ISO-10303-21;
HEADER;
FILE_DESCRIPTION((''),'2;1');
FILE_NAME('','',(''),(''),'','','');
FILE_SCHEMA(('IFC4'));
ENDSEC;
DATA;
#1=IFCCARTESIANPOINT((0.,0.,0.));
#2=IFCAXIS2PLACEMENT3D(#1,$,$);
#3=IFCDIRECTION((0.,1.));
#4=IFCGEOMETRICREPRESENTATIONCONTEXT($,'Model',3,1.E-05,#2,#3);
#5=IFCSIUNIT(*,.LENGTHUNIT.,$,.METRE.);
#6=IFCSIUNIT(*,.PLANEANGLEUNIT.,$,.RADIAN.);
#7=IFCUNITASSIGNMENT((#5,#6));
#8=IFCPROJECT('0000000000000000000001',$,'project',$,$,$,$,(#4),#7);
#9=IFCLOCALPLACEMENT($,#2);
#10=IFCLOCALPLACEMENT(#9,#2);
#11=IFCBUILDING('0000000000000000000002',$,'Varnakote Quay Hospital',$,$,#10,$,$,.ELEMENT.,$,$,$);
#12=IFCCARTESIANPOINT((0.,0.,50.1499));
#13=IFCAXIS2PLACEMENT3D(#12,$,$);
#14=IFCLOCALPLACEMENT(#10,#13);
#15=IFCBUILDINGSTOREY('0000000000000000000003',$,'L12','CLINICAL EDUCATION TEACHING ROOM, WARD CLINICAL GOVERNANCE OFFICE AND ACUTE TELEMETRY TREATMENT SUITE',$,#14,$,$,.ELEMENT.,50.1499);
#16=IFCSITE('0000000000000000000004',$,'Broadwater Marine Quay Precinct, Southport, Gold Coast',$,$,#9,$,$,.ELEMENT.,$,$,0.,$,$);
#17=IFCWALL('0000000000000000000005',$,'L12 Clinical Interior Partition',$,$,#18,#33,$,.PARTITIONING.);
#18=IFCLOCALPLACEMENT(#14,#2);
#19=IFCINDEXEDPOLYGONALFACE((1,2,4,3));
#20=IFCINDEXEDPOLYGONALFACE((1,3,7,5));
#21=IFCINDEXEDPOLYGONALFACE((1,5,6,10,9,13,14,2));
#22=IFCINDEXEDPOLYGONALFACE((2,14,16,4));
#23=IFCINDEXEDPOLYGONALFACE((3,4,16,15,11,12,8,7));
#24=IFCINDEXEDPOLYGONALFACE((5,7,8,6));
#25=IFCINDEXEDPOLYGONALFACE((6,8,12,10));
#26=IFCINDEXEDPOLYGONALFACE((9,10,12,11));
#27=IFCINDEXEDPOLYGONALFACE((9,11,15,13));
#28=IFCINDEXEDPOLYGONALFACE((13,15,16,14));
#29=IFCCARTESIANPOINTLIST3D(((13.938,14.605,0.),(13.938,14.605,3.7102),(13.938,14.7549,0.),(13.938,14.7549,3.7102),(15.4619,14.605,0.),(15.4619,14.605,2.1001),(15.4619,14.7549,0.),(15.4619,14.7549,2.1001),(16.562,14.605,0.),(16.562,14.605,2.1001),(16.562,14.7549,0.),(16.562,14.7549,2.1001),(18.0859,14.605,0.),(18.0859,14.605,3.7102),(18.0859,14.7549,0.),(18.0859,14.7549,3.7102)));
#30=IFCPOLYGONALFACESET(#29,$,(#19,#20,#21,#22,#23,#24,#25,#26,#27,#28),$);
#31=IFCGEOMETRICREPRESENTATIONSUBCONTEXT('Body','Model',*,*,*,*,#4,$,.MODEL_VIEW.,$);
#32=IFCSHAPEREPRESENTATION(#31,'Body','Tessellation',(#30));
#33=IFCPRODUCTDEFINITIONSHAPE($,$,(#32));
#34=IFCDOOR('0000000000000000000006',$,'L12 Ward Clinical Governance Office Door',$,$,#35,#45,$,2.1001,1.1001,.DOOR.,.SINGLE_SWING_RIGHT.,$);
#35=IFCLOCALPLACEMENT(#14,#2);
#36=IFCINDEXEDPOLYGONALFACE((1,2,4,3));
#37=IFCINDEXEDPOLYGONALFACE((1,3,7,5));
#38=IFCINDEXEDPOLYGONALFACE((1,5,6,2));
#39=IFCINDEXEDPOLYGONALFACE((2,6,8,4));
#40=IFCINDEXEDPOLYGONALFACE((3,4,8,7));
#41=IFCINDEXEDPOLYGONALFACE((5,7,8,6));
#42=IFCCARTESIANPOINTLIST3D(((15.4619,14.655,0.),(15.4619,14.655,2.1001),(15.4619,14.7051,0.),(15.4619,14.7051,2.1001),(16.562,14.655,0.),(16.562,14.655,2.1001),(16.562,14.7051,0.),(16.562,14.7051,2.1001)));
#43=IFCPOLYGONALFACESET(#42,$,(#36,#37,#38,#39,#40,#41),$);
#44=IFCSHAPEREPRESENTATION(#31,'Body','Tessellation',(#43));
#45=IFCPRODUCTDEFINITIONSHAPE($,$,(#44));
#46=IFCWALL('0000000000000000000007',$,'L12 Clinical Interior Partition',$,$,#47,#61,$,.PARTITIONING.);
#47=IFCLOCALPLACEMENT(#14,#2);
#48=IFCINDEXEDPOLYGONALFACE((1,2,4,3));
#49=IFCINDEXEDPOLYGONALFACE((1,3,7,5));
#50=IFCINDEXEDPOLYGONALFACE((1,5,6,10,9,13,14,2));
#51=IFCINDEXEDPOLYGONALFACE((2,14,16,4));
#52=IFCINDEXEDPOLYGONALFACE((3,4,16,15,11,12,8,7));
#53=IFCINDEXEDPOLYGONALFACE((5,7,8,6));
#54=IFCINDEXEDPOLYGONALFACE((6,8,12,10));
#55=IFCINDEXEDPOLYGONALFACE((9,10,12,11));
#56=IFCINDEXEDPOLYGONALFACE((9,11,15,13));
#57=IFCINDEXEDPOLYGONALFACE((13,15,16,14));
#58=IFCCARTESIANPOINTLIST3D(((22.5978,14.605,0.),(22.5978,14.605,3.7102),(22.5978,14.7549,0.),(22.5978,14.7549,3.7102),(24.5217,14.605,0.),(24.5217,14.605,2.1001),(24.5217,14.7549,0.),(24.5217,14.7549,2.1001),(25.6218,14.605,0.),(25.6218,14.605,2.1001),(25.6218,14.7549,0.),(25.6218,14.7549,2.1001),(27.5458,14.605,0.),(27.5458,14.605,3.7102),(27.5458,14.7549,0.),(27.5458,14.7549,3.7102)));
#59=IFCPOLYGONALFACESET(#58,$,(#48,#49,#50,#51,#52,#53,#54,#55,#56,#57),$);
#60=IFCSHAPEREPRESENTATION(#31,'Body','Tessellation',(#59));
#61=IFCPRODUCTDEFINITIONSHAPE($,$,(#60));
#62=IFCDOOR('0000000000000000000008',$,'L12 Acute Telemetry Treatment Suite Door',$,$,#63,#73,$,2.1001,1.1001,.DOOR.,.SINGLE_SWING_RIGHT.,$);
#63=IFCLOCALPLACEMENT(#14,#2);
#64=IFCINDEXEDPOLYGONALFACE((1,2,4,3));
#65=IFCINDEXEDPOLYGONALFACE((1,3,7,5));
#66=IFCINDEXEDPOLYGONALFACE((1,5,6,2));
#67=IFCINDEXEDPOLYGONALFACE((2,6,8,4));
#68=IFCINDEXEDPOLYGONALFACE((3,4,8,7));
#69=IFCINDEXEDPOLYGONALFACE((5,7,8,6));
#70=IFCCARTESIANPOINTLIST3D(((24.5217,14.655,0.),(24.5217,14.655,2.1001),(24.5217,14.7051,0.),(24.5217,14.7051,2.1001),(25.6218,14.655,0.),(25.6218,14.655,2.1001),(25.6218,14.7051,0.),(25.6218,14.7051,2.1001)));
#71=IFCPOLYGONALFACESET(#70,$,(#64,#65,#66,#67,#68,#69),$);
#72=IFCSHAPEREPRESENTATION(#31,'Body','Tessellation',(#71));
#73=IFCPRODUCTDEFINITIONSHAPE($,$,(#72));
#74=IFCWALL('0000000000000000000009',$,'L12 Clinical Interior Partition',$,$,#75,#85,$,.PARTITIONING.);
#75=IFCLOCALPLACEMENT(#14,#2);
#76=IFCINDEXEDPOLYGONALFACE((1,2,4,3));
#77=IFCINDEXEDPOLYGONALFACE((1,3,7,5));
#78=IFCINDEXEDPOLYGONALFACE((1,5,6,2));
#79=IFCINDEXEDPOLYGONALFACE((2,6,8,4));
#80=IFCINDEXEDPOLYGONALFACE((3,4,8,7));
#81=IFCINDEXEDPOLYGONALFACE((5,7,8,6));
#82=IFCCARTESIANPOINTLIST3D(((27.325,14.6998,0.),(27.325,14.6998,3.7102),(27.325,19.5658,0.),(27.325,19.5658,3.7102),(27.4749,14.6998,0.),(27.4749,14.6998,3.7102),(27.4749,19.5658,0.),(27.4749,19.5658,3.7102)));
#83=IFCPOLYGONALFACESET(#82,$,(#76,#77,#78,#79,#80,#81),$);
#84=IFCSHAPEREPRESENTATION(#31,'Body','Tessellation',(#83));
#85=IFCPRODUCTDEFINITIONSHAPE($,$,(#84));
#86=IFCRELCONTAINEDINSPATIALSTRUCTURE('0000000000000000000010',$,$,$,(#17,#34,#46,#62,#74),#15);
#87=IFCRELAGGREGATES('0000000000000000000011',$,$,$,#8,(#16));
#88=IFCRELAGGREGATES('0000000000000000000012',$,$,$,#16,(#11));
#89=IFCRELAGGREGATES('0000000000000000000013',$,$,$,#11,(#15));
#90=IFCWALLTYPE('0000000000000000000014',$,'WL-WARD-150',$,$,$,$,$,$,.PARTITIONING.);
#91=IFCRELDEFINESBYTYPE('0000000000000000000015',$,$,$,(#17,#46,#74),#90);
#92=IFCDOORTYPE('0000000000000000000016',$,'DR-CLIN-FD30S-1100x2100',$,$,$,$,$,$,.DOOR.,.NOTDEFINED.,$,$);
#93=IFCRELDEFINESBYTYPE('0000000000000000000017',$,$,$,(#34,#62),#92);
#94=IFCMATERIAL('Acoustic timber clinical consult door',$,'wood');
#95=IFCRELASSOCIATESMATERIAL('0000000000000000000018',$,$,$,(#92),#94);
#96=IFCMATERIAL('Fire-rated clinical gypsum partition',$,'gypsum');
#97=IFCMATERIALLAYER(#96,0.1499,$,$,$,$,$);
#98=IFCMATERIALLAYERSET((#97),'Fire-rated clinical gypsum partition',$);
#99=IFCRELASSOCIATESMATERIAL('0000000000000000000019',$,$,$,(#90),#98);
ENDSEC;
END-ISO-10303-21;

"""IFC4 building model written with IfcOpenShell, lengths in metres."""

from ifc_helpers import new_model, si_unit, direction, frame, frame_2d, origin, place, context, subcontext, project, spatial, rectangle, extrude, material, layer, layer_set, type_object, element, fill, save


model = new_model("IFC4")

# Units and contexts
model_context = context("Model", 3, precision=1e-05, world=origin(), true_north=direction((0.0, 1.0)))
body_context = subcontext(model_context, "Body", "Model", "MODEL_VIEW")
ifc_project = project(units=[si_unit("LENGTHUNIT", "METRE"), si_unit("PLANEANGLEUNIT", "RADIAN")], contexts=[model_context])

# Site, building, storey
site_placement = place(None, origin())
site = spatial("IfcSite", under=ifc_project, at=site_placement, Name="Broadwater Marine Quay Precinct, Southport, Gold Coast", CompositionType="ELEMENT", RefElevation=0.0)
building_placement = place(site_placement, origin())
building = spatial("IfcBuilding", under=site, at=building_placement, Name="Varnakote Quay Hospital", CompositionType="ELEMENT")
storey_placement = place(building_placement, frame((0.0, 0.0, 50.1499)))
storey = spatial("IfcBuildingStorey", under=building, at=storey_placement, Name="L12", Description="CLINICAL EDUCATION TEACHING ROOM, WARD CLINICAL GOVERNANCE OFFICE AND ACUTE TELEMETRY TREATMENT SUITE", CompositionType="ELEMENT", Elevation=50.1499)

# Shared definitions
ifc_material_1 = material(Name="Acoustic timber clinical consult door", Category="wood")
door_type_1 = type_object("IfcDoorType", Name="DR-CLIN-FD30S-1100x2100", OperationType="NOTDEFINED", PredefinedType="DOOR", material=ifc_material_1)

# Walls, openings, doors
ifc_material_2 = material(Name="Fire-rated clinical gypsum partition", Category="gypsum")
ifc_layer_1 = layer(ifc_material_2, 0.1499)
ifc_layer_set_1 = layer_set([ifc_layer_1], Name="Fire-rated clinical gypsum partition")
wall_type_1 = type_object("IfcWallType", Name="WL-WARD-150", PredefinedType="PARTITIONING", material=ifc_layer_set_1)
wall_1_placement = place(storey_placement, frame((18.0859, 14.6799, 0.0), z_axis=(0.0, 0.0, 1.0), x_axis=(-1.0, 0.0, 0.0)))
wall_1 = element("IfcWall", 1, at=wall_1_placement, inside=storey, type_object=wall_type_1, Name="L12 Clinical Interior Partition", PredefinedType="PARTITIONING", context=body_context, shape_type="SweptSolid", body=[
    extrude(rectangle(XDim=4.1479, YDim=0.1499, at=frame_2d((2.074, 0.0))), origin(), (0.0, 0.0, 1.0), 3.7102),
])
opening_1_placement = place(wall_1_placement, frame((1.5239, 0.0, 0.0)))
opening_1 = element("IfcOpeningElement", 2, at=opening_1_placement, cuts=wall_1, PredefinedType="OPENING", context=body_context, shape_type="SweptSolid", body=[
    extrude(rectangle(XDim=1.1001, YDim=2.1001, at=frame_2d((0.55, 1.05))), frame((0.0, 0.085, 0.0), z_axis=(0.0, -1.0, 0.0), x_axis=(1.0, 0.0, 0.0)), (0.0, 0.0, 1.0), 0.1699),
])
door_1_placement = place(opening_1_placement, origin())
door_1 = element("IfcDoor", 3, at=door_1_placement, inside=storey, type_object=door_type_1, Name="L12 Ward Clinical Governance Office Door", OperationType="SINGLE_SWING_RIGHT", OverallHeight=2.1001, OverallWidth=1.1001, PredefinedType="DOOR", context=body_context, shape_type="SweptSolid", body=[
    extrude(rectangle(XDim=1.1001, YDim=2.1001, at=frame_2d((0.55, 1.05))), frame((0.0, 0.0249, 0.0), z_axis=(0.0, -1.0, 0.0), x_axis=(1.0, 0.0, 0.0)), (0.0, 0.0, 1.0), 0.05),
])
fill(opening_1, door_1)
wall_2_placement = place(storey_placement, frame((27.5459, 14.6799, 0.0), z_axis=(0.0, 0.0, 1.0), x_axis=(-1.0, 0.0, 0.0)))
wall_2 = element("IfcWall", 4, at=wall_2_placement, inside=storey, type_object=wall_type_1, Name="L12 Clinical Interior Partition", PredefinedType="PARTITIONING", context=body_context, shape_type="SweptSolid", body=[
    extrude(rectangle(XDim=4.948, YDim=0.1499, at=frame_2d((2.4741, 0.0))), origin(), (0.0, 0.0, 1.0), 3.7102),
])
opening_2_placement = place(wall_2_placement, frame((1.9241, 0.0, 0.0)))
opening_2 = element("IfcOpeningElement", 5, at=opening_2_placement, cuts=wall_2, PredefinedType="OPENING", context=body_context, shape_type="SweptSolid", body=[
    extrude(rectangle(XDim=1.1001, YDim=2.1001, at=frame_2d((0.55, 1.05))), frame((0.0, 0.085, 0.0), z_axis=(0.0, -1.0, 0.0), x_axis=(1.0, 0.0, 0.0)), (0.0, 0.0, 1.0), 0.1699),
])
door_2_placement = place(opening_2_placement, origin())
door_2 = element("IfcDoor", 6, at=door_2_placement, inside=storey, type_object=door_type_1, Name="L12 Acute Telemetry Treatment Suite Door", OperationType="SINGLE_SWING_RIGHT", OverallHeight=2.1001, OverallWidth=1.1001, PredefinedType="DOOR", context=body_context, shape_type="SweptSolid", body=[
    extrude(rectangle(XDim=1.1001, YDim=2.1001, at=frame_2d((0.55, 1.05))), frame((0.0, 0.0249, 0.0), z_axis=(0.0, -1.0, 0.0), x_axis=(1.0, 0.0, 0.0)), (0.0, 0.0, 1.0), 0.05),
])
fill(opening_2, door_2)

# Wall
wall_3_placement = place(storey_placement, frame((27.3999, 19.5659, 0.0), z_axis=(0.0, 0.0, 1.0), x_axis=(0.0, -1.0, 0.0)))
element("IfcWall", 7, at=wall_3_placement, inside=storey, type_object=wall_type_1, Name="L12 Clinical Interior Partition", PredefinedType="PARTITIONING", context=body_context, shape_type="SweptSolid", body=[
    extrude(rectangle(XDim=4.866, YDim=0.1499, at=frame_2d((2.4331, 0.0))), origin(), (0.0, 0.0, 1.0), 3.7102),
])

save(model, "model.ifc")
